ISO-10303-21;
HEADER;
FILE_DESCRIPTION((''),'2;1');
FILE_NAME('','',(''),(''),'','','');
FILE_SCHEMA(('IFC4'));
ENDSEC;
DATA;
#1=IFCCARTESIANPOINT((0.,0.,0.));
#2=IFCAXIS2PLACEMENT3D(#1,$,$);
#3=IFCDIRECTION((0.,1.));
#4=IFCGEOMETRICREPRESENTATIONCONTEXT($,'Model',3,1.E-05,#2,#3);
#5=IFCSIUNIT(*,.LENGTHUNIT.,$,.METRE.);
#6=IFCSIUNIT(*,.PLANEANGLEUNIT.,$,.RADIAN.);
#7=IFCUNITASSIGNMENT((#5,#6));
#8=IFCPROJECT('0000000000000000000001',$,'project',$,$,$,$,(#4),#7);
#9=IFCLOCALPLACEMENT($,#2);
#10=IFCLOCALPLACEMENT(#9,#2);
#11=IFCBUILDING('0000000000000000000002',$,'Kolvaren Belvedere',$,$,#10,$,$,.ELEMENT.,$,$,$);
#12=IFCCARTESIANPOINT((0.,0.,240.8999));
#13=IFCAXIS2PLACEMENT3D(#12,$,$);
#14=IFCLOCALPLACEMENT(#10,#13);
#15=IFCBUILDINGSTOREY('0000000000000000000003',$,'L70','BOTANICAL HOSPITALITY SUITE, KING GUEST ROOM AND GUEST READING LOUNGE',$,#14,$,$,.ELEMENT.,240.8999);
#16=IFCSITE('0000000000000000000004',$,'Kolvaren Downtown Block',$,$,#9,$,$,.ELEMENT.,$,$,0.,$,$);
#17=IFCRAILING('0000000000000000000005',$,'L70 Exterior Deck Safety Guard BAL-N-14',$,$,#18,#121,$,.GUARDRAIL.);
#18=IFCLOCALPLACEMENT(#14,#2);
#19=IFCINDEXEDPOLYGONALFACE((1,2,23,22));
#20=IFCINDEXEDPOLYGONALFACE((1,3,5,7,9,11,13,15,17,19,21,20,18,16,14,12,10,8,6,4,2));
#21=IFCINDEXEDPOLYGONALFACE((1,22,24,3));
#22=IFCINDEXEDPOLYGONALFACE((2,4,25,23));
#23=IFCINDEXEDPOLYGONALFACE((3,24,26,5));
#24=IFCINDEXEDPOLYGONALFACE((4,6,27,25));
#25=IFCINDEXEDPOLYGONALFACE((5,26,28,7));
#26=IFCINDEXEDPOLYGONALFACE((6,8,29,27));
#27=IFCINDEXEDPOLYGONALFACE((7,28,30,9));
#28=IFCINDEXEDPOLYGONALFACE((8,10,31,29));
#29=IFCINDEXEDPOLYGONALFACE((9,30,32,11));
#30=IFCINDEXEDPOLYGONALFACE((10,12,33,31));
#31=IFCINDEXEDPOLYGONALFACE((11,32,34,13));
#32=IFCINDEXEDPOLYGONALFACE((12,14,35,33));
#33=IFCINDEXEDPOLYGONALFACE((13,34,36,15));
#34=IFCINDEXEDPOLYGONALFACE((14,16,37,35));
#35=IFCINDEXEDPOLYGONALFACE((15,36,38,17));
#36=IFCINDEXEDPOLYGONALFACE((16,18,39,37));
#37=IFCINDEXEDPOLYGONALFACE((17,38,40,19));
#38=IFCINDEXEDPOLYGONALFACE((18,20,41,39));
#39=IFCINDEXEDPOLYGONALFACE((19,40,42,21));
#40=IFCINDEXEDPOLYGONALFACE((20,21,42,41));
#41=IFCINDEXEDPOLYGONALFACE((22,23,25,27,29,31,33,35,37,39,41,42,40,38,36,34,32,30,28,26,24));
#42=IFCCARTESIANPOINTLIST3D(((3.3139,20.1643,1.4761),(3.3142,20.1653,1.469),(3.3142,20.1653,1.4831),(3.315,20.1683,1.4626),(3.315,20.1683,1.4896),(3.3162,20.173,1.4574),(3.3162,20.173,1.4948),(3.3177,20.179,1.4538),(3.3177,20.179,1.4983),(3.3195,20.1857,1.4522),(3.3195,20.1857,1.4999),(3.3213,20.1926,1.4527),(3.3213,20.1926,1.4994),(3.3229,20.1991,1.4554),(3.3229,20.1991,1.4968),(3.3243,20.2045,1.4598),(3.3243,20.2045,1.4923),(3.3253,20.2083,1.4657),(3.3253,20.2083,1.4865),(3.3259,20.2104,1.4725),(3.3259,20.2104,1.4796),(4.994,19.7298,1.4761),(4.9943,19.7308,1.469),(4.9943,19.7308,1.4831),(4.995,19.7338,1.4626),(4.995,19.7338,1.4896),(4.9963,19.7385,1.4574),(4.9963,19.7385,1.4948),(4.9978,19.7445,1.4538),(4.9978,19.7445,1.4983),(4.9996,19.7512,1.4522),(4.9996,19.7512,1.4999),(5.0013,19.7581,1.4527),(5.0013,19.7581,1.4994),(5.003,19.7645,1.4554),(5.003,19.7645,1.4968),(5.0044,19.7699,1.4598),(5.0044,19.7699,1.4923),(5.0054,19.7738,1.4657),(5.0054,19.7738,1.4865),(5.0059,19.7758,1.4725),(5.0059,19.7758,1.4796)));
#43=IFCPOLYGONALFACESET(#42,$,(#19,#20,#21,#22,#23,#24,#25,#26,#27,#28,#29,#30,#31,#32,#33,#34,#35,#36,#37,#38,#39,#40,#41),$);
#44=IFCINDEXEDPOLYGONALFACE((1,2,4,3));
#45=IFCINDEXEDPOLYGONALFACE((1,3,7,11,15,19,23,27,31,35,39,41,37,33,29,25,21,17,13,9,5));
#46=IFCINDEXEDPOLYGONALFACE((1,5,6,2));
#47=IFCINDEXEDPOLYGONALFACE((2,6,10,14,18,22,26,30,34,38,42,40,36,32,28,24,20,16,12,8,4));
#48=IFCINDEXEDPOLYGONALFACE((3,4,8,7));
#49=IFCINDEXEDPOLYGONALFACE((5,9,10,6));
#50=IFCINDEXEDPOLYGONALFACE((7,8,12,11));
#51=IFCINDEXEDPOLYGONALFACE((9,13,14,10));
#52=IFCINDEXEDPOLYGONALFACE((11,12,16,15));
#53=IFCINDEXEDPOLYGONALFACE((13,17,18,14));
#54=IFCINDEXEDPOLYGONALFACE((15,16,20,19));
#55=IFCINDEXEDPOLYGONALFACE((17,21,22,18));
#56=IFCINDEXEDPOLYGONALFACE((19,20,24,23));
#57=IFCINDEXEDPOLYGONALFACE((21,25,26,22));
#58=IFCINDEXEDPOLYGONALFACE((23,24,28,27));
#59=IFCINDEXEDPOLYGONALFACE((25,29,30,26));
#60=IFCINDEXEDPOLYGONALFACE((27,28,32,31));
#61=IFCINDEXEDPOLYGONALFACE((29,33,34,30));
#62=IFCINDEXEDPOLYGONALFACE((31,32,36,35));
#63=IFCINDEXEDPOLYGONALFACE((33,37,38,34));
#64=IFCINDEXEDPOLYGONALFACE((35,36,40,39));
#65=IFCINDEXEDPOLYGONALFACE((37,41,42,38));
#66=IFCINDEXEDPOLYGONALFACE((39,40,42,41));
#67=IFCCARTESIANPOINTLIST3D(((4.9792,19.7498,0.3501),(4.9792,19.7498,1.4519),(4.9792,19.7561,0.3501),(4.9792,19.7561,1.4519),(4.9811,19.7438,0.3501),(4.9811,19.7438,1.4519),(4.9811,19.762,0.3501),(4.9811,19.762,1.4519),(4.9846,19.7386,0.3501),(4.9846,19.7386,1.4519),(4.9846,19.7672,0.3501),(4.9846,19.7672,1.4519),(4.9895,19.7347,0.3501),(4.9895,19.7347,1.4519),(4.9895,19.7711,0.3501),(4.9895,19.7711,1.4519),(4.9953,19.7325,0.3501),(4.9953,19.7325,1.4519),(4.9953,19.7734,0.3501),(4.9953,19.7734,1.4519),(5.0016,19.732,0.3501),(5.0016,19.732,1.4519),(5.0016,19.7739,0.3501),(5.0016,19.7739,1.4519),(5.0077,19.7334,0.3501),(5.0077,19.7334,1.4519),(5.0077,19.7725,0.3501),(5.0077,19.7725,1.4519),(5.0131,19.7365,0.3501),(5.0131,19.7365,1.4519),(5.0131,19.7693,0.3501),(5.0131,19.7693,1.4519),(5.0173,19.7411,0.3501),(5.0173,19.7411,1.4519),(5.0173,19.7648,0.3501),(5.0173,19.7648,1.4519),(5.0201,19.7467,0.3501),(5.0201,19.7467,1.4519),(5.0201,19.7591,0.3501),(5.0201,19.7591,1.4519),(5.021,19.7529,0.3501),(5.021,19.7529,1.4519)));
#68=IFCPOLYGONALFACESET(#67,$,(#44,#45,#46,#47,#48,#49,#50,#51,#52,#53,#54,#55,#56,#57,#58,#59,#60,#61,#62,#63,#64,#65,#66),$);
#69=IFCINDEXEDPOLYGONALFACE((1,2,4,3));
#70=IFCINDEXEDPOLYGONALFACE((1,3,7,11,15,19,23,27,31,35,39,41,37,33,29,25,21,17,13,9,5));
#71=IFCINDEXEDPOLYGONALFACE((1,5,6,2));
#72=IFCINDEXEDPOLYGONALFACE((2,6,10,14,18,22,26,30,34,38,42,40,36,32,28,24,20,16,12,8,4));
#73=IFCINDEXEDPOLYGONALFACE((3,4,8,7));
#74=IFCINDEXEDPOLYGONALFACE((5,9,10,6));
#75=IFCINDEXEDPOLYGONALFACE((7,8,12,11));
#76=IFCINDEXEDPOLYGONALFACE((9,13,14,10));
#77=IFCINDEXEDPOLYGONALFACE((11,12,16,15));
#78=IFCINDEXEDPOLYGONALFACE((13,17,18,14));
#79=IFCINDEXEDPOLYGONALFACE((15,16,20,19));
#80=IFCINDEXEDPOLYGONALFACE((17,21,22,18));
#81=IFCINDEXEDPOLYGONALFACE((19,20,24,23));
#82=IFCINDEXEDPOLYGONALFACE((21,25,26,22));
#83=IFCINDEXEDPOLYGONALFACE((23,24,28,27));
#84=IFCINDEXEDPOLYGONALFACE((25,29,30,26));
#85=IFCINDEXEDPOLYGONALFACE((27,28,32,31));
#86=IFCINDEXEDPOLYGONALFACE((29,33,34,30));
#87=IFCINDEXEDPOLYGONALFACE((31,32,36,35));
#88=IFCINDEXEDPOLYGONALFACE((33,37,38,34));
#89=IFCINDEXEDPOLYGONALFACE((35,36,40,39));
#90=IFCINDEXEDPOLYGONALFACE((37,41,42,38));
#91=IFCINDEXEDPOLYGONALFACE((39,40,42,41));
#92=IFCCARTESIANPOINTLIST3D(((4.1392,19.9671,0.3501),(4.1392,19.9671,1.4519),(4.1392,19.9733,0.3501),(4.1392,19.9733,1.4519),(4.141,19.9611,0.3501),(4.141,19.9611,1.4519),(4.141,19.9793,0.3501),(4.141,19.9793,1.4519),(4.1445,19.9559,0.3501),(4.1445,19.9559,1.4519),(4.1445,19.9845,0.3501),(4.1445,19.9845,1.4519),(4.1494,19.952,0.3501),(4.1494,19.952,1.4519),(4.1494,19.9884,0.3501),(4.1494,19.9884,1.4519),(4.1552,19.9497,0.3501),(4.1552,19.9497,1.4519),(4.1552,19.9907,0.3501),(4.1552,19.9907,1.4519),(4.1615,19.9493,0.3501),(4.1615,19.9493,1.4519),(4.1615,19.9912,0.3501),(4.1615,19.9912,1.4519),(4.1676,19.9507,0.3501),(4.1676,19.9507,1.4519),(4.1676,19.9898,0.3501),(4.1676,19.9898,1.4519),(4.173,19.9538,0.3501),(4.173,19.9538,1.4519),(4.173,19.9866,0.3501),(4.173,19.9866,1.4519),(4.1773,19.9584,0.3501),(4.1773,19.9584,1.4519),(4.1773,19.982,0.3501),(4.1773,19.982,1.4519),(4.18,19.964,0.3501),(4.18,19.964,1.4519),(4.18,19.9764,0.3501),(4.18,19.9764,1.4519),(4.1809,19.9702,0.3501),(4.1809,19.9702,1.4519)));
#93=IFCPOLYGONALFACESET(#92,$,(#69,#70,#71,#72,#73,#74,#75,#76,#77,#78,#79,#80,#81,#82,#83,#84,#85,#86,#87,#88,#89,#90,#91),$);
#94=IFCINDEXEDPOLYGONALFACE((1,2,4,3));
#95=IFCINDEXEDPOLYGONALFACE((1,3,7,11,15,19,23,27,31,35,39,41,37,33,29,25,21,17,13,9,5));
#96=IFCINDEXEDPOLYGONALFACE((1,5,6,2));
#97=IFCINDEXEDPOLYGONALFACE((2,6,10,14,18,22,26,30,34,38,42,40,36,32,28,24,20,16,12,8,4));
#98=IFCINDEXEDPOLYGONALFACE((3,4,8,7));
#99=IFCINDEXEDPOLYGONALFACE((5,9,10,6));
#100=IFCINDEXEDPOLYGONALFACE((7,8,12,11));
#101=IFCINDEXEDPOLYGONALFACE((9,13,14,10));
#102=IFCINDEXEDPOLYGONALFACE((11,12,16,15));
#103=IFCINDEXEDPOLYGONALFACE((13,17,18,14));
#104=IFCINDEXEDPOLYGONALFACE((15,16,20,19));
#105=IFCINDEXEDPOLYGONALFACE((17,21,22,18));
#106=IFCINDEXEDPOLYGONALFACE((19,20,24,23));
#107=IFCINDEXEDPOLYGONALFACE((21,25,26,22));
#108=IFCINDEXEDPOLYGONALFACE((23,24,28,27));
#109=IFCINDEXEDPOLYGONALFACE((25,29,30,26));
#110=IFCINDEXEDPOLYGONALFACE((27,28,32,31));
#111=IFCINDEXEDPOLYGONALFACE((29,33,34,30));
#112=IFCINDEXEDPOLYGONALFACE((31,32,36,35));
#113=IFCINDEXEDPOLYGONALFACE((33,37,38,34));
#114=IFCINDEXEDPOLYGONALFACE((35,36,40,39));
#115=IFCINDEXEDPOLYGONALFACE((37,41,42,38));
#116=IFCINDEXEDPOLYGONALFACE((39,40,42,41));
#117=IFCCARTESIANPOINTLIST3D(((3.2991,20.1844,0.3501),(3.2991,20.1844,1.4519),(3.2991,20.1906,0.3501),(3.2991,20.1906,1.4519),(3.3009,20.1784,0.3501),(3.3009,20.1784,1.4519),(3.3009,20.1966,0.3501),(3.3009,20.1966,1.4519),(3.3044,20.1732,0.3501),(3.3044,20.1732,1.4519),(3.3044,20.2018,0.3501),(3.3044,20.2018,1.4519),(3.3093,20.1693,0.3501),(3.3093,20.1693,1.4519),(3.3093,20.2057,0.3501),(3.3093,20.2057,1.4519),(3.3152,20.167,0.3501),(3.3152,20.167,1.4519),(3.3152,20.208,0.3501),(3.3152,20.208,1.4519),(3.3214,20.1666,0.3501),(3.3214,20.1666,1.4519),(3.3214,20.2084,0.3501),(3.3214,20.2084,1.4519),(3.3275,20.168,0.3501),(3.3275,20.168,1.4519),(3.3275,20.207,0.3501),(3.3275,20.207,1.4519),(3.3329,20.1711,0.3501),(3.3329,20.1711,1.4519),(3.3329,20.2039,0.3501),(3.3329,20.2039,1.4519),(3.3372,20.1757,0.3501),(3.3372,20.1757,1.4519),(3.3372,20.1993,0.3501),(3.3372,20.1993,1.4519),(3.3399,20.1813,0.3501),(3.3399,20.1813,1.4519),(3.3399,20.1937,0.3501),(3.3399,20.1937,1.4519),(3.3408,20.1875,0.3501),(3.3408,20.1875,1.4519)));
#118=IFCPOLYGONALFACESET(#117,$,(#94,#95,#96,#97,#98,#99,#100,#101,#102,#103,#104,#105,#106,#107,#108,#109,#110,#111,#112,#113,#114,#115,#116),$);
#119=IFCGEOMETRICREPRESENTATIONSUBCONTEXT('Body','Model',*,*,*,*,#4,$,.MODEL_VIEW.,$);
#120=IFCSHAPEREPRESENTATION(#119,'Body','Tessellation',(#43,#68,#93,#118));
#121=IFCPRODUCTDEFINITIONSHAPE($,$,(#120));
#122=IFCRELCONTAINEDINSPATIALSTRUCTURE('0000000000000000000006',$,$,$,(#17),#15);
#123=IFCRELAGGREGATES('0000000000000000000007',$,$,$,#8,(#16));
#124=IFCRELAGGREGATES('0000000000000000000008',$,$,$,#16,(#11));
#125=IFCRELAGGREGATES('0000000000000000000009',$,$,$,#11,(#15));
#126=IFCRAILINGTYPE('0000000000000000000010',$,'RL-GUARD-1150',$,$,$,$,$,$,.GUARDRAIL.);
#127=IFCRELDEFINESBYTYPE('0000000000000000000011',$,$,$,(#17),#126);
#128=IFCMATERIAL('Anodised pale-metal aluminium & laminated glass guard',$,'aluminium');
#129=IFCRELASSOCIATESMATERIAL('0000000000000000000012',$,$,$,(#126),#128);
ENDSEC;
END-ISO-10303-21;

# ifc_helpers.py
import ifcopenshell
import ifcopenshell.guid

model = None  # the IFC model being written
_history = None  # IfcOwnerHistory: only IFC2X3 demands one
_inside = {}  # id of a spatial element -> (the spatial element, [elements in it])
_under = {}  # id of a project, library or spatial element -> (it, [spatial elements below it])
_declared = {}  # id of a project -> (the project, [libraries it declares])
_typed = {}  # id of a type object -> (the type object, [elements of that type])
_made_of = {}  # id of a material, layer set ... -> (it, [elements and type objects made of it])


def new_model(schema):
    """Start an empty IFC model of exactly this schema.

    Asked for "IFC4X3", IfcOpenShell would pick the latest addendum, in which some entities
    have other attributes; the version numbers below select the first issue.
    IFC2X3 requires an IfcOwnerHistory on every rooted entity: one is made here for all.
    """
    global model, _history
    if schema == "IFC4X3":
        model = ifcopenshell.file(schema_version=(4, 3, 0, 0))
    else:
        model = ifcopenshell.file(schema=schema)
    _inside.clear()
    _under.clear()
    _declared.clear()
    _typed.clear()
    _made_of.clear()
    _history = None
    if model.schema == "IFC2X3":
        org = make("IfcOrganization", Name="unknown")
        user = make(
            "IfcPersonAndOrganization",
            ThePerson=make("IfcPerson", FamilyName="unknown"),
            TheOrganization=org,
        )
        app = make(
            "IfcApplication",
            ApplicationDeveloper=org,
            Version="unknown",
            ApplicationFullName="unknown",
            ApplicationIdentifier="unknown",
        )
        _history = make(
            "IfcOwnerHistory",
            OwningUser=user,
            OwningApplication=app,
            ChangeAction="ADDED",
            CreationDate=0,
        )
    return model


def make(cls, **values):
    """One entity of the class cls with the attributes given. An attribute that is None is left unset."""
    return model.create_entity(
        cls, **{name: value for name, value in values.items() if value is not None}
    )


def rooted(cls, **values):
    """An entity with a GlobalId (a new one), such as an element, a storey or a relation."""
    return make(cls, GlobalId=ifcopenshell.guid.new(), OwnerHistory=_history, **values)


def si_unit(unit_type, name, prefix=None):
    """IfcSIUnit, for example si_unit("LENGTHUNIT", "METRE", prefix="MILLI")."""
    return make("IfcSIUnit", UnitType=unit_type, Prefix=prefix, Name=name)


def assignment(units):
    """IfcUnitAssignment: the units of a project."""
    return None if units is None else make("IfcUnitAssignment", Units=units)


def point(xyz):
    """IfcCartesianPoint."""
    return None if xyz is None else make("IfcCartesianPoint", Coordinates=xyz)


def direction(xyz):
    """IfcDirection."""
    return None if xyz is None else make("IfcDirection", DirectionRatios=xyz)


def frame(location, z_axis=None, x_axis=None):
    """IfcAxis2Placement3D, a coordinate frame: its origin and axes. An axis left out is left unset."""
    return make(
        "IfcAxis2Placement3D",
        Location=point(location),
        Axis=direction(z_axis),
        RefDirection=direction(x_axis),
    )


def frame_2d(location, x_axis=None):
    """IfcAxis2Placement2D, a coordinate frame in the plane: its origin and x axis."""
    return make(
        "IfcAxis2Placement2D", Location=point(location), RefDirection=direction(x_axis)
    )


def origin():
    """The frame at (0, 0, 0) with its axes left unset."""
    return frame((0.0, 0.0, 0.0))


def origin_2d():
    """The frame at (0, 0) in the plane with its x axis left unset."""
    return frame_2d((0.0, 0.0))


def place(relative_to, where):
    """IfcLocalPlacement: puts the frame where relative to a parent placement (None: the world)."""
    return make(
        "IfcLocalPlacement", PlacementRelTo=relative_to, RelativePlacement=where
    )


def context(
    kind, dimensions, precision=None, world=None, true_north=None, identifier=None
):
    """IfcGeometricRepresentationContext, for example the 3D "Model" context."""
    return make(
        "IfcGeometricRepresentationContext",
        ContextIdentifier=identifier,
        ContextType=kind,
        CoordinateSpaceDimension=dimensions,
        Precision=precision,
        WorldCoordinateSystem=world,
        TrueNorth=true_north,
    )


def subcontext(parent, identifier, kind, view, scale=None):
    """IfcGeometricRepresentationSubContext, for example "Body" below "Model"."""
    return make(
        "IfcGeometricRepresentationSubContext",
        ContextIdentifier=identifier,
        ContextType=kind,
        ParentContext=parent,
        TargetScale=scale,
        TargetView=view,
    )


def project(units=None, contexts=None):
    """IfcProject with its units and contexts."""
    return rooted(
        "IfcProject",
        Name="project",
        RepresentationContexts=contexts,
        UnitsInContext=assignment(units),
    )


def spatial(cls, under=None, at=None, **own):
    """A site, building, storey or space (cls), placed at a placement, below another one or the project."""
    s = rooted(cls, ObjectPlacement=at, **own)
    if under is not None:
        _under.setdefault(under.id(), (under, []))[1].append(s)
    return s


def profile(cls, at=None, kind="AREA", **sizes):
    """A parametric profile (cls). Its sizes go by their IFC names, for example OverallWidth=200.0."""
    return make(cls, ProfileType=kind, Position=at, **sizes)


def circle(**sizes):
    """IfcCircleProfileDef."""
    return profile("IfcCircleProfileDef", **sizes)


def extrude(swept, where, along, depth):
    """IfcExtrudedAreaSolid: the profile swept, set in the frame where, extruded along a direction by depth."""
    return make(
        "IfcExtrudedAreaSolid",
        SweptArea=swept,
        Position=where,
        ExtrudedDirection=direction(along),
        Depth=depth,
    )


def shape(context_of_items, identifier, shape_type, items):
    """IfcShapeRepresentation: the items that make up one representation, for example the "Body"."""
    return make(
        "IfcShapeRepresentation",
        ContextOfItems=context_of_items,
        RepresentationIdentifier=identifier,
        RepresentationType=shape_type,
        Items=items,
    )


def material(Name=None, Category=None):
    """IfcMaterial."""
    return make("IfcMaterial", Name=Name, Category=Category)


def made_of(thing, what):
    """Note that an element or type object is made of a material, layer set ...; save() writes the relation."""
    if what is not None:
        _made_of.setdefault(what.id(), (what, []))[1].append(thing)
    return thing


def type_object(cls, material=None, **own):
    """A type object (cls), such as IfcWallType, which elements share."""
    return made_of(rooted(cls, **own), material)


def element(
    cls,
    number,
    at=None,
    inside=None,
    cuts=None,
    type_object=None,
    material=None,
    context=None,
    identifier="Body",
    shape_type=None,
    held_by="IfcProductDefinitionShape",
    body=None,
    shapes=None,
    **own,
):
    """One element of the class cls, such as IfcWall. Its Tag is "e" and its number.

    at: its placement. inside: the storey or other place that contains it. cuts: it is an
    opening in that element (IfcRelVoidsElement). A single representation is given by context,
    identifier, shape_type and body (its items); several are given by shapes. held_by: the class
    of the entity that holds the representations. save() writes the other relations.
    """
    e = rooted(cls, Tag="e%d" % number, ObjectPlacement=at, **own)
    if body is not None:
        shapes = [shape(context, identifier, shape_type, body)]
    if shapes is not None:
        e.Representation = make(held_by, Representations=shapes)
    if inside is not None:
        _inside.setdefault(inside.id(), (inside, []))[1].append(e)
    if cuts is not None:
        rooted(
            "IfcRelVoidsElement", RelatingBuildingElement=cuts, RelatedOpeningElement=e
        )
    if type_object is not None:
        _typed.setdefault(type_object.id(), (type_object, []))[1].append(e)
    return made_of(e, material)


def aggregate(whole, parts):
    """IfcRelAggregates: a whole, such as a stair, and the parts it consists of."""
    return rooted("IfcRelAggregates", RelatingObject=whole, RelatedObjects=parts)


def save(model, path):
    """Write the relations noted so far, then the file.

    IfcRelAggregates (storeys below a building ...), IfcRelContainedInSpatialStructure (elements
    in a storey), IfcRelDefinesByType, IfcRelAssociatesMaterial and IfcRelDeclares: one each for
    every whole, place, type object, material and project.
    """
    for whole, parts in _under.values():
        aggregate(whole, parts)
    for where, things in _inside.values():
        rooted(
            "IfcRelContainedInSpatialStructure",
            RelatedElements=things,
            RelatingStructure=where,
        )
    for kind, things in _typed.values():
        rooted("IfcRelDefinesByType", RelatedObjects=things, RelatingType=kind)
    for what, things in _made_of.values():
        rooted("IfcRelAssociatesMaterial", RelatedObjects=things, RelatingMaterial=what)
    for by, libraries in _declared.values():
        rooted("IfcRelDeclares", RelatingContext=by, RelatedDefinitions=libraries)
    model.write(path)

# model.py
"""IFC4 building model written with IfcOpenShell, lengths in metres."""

from ifc_helpers import new_model, si_unit, direction, frame, origin, origin_2d, place, context, subcontext, project, spatial, circle, extrude, material, type_object, element, save


model = new_model("IFC4")

# Units and contexts
model_context = context("Model", 3, precision=1e-05, world=origin(), true_north=direction((0.0, 1.0)))
body_context = subcontext(model_context, "Body", "Model", "MODEL_VIEW")
ifc_project = project(units=[si_unit("LENGTHUNIT", "METRE"), si_unit("PLANEANGLEUNIT", "RADIAN")], contexts=[model_context])

# Site, building, storey
site_placement = place(None, origin())
site = spatial("IfcSite", under=ifc_project, at=site_placement, Name="Kolvaren Downtown Block", CompositionType="ELEMENT", RefElevation=0.0)
building_placement = place(site_placement, origin())
building = spatial("IfcBuilding", under=site, at=building_placement, Name="Kolvaren Belvedere", CompositionType="ELEMENT")
storey_placement = place(building_placement, frame((0.0, 0.0, 240.8999)))
storey = spatial("IfcBuildingStorey", under=building, at=storey_placement, Name="L70", Description="BOTANICAL HOSPITALITY SUITE, KING GUEST ROOM AND GUEST READING LOUNGE", CompositionType="ELEMENT", Elevation=240.8999)

# Railing
ifc_material_1 = material(Name="Anodised pale-metal aluminium & laminated glass guard", Category="aluminium")
railing_type = type_object("IfcRailingType", Name="RL-GUARD-1150", PredefinedType="GUARDRAIL", material=ifc_material_1)
railing_1_placement = place(storey_placement, frame((5.0, 19.7529, 0.3501)))
element("IfcRailing", 1, at=railing_1_placement, inside=storey, type_object=railing_type, Name="L70 Exterior Deck Safety Guard BAL-N-14", PredefinedType="GUARDRAIL", context=body_context, shape_type="SweptSolid", body=[
    extrude(circle(Radius=0.0239, at=origin_2d()), frame((0.0, 0.0, 1.126), z_axis=(-0.968141, 0.250406, 0.0), x_axis=(-0.250406, -0.968141, 0.0)), (0.0, 0.0, 1.0), 1.7354),
    extrude(circle(Radius=0.021, at=origin_2d()), origin(), (0.0, 0.0, 1.0), 1.1018),
    extrude(circle(Radius=0.021, at=origin_2d()), frame((-0.8401, 0.2173, 0.0)), (0.0, 0.0, 1.0), 1.1018),
    extrude(circle(Radius=0.021, at=origin_2d()), frame((-1.6802, 0.4346, 0.0)), (0.0, 0.0, 1.0), 1.1018),
])

save(model, "model.ifc")
